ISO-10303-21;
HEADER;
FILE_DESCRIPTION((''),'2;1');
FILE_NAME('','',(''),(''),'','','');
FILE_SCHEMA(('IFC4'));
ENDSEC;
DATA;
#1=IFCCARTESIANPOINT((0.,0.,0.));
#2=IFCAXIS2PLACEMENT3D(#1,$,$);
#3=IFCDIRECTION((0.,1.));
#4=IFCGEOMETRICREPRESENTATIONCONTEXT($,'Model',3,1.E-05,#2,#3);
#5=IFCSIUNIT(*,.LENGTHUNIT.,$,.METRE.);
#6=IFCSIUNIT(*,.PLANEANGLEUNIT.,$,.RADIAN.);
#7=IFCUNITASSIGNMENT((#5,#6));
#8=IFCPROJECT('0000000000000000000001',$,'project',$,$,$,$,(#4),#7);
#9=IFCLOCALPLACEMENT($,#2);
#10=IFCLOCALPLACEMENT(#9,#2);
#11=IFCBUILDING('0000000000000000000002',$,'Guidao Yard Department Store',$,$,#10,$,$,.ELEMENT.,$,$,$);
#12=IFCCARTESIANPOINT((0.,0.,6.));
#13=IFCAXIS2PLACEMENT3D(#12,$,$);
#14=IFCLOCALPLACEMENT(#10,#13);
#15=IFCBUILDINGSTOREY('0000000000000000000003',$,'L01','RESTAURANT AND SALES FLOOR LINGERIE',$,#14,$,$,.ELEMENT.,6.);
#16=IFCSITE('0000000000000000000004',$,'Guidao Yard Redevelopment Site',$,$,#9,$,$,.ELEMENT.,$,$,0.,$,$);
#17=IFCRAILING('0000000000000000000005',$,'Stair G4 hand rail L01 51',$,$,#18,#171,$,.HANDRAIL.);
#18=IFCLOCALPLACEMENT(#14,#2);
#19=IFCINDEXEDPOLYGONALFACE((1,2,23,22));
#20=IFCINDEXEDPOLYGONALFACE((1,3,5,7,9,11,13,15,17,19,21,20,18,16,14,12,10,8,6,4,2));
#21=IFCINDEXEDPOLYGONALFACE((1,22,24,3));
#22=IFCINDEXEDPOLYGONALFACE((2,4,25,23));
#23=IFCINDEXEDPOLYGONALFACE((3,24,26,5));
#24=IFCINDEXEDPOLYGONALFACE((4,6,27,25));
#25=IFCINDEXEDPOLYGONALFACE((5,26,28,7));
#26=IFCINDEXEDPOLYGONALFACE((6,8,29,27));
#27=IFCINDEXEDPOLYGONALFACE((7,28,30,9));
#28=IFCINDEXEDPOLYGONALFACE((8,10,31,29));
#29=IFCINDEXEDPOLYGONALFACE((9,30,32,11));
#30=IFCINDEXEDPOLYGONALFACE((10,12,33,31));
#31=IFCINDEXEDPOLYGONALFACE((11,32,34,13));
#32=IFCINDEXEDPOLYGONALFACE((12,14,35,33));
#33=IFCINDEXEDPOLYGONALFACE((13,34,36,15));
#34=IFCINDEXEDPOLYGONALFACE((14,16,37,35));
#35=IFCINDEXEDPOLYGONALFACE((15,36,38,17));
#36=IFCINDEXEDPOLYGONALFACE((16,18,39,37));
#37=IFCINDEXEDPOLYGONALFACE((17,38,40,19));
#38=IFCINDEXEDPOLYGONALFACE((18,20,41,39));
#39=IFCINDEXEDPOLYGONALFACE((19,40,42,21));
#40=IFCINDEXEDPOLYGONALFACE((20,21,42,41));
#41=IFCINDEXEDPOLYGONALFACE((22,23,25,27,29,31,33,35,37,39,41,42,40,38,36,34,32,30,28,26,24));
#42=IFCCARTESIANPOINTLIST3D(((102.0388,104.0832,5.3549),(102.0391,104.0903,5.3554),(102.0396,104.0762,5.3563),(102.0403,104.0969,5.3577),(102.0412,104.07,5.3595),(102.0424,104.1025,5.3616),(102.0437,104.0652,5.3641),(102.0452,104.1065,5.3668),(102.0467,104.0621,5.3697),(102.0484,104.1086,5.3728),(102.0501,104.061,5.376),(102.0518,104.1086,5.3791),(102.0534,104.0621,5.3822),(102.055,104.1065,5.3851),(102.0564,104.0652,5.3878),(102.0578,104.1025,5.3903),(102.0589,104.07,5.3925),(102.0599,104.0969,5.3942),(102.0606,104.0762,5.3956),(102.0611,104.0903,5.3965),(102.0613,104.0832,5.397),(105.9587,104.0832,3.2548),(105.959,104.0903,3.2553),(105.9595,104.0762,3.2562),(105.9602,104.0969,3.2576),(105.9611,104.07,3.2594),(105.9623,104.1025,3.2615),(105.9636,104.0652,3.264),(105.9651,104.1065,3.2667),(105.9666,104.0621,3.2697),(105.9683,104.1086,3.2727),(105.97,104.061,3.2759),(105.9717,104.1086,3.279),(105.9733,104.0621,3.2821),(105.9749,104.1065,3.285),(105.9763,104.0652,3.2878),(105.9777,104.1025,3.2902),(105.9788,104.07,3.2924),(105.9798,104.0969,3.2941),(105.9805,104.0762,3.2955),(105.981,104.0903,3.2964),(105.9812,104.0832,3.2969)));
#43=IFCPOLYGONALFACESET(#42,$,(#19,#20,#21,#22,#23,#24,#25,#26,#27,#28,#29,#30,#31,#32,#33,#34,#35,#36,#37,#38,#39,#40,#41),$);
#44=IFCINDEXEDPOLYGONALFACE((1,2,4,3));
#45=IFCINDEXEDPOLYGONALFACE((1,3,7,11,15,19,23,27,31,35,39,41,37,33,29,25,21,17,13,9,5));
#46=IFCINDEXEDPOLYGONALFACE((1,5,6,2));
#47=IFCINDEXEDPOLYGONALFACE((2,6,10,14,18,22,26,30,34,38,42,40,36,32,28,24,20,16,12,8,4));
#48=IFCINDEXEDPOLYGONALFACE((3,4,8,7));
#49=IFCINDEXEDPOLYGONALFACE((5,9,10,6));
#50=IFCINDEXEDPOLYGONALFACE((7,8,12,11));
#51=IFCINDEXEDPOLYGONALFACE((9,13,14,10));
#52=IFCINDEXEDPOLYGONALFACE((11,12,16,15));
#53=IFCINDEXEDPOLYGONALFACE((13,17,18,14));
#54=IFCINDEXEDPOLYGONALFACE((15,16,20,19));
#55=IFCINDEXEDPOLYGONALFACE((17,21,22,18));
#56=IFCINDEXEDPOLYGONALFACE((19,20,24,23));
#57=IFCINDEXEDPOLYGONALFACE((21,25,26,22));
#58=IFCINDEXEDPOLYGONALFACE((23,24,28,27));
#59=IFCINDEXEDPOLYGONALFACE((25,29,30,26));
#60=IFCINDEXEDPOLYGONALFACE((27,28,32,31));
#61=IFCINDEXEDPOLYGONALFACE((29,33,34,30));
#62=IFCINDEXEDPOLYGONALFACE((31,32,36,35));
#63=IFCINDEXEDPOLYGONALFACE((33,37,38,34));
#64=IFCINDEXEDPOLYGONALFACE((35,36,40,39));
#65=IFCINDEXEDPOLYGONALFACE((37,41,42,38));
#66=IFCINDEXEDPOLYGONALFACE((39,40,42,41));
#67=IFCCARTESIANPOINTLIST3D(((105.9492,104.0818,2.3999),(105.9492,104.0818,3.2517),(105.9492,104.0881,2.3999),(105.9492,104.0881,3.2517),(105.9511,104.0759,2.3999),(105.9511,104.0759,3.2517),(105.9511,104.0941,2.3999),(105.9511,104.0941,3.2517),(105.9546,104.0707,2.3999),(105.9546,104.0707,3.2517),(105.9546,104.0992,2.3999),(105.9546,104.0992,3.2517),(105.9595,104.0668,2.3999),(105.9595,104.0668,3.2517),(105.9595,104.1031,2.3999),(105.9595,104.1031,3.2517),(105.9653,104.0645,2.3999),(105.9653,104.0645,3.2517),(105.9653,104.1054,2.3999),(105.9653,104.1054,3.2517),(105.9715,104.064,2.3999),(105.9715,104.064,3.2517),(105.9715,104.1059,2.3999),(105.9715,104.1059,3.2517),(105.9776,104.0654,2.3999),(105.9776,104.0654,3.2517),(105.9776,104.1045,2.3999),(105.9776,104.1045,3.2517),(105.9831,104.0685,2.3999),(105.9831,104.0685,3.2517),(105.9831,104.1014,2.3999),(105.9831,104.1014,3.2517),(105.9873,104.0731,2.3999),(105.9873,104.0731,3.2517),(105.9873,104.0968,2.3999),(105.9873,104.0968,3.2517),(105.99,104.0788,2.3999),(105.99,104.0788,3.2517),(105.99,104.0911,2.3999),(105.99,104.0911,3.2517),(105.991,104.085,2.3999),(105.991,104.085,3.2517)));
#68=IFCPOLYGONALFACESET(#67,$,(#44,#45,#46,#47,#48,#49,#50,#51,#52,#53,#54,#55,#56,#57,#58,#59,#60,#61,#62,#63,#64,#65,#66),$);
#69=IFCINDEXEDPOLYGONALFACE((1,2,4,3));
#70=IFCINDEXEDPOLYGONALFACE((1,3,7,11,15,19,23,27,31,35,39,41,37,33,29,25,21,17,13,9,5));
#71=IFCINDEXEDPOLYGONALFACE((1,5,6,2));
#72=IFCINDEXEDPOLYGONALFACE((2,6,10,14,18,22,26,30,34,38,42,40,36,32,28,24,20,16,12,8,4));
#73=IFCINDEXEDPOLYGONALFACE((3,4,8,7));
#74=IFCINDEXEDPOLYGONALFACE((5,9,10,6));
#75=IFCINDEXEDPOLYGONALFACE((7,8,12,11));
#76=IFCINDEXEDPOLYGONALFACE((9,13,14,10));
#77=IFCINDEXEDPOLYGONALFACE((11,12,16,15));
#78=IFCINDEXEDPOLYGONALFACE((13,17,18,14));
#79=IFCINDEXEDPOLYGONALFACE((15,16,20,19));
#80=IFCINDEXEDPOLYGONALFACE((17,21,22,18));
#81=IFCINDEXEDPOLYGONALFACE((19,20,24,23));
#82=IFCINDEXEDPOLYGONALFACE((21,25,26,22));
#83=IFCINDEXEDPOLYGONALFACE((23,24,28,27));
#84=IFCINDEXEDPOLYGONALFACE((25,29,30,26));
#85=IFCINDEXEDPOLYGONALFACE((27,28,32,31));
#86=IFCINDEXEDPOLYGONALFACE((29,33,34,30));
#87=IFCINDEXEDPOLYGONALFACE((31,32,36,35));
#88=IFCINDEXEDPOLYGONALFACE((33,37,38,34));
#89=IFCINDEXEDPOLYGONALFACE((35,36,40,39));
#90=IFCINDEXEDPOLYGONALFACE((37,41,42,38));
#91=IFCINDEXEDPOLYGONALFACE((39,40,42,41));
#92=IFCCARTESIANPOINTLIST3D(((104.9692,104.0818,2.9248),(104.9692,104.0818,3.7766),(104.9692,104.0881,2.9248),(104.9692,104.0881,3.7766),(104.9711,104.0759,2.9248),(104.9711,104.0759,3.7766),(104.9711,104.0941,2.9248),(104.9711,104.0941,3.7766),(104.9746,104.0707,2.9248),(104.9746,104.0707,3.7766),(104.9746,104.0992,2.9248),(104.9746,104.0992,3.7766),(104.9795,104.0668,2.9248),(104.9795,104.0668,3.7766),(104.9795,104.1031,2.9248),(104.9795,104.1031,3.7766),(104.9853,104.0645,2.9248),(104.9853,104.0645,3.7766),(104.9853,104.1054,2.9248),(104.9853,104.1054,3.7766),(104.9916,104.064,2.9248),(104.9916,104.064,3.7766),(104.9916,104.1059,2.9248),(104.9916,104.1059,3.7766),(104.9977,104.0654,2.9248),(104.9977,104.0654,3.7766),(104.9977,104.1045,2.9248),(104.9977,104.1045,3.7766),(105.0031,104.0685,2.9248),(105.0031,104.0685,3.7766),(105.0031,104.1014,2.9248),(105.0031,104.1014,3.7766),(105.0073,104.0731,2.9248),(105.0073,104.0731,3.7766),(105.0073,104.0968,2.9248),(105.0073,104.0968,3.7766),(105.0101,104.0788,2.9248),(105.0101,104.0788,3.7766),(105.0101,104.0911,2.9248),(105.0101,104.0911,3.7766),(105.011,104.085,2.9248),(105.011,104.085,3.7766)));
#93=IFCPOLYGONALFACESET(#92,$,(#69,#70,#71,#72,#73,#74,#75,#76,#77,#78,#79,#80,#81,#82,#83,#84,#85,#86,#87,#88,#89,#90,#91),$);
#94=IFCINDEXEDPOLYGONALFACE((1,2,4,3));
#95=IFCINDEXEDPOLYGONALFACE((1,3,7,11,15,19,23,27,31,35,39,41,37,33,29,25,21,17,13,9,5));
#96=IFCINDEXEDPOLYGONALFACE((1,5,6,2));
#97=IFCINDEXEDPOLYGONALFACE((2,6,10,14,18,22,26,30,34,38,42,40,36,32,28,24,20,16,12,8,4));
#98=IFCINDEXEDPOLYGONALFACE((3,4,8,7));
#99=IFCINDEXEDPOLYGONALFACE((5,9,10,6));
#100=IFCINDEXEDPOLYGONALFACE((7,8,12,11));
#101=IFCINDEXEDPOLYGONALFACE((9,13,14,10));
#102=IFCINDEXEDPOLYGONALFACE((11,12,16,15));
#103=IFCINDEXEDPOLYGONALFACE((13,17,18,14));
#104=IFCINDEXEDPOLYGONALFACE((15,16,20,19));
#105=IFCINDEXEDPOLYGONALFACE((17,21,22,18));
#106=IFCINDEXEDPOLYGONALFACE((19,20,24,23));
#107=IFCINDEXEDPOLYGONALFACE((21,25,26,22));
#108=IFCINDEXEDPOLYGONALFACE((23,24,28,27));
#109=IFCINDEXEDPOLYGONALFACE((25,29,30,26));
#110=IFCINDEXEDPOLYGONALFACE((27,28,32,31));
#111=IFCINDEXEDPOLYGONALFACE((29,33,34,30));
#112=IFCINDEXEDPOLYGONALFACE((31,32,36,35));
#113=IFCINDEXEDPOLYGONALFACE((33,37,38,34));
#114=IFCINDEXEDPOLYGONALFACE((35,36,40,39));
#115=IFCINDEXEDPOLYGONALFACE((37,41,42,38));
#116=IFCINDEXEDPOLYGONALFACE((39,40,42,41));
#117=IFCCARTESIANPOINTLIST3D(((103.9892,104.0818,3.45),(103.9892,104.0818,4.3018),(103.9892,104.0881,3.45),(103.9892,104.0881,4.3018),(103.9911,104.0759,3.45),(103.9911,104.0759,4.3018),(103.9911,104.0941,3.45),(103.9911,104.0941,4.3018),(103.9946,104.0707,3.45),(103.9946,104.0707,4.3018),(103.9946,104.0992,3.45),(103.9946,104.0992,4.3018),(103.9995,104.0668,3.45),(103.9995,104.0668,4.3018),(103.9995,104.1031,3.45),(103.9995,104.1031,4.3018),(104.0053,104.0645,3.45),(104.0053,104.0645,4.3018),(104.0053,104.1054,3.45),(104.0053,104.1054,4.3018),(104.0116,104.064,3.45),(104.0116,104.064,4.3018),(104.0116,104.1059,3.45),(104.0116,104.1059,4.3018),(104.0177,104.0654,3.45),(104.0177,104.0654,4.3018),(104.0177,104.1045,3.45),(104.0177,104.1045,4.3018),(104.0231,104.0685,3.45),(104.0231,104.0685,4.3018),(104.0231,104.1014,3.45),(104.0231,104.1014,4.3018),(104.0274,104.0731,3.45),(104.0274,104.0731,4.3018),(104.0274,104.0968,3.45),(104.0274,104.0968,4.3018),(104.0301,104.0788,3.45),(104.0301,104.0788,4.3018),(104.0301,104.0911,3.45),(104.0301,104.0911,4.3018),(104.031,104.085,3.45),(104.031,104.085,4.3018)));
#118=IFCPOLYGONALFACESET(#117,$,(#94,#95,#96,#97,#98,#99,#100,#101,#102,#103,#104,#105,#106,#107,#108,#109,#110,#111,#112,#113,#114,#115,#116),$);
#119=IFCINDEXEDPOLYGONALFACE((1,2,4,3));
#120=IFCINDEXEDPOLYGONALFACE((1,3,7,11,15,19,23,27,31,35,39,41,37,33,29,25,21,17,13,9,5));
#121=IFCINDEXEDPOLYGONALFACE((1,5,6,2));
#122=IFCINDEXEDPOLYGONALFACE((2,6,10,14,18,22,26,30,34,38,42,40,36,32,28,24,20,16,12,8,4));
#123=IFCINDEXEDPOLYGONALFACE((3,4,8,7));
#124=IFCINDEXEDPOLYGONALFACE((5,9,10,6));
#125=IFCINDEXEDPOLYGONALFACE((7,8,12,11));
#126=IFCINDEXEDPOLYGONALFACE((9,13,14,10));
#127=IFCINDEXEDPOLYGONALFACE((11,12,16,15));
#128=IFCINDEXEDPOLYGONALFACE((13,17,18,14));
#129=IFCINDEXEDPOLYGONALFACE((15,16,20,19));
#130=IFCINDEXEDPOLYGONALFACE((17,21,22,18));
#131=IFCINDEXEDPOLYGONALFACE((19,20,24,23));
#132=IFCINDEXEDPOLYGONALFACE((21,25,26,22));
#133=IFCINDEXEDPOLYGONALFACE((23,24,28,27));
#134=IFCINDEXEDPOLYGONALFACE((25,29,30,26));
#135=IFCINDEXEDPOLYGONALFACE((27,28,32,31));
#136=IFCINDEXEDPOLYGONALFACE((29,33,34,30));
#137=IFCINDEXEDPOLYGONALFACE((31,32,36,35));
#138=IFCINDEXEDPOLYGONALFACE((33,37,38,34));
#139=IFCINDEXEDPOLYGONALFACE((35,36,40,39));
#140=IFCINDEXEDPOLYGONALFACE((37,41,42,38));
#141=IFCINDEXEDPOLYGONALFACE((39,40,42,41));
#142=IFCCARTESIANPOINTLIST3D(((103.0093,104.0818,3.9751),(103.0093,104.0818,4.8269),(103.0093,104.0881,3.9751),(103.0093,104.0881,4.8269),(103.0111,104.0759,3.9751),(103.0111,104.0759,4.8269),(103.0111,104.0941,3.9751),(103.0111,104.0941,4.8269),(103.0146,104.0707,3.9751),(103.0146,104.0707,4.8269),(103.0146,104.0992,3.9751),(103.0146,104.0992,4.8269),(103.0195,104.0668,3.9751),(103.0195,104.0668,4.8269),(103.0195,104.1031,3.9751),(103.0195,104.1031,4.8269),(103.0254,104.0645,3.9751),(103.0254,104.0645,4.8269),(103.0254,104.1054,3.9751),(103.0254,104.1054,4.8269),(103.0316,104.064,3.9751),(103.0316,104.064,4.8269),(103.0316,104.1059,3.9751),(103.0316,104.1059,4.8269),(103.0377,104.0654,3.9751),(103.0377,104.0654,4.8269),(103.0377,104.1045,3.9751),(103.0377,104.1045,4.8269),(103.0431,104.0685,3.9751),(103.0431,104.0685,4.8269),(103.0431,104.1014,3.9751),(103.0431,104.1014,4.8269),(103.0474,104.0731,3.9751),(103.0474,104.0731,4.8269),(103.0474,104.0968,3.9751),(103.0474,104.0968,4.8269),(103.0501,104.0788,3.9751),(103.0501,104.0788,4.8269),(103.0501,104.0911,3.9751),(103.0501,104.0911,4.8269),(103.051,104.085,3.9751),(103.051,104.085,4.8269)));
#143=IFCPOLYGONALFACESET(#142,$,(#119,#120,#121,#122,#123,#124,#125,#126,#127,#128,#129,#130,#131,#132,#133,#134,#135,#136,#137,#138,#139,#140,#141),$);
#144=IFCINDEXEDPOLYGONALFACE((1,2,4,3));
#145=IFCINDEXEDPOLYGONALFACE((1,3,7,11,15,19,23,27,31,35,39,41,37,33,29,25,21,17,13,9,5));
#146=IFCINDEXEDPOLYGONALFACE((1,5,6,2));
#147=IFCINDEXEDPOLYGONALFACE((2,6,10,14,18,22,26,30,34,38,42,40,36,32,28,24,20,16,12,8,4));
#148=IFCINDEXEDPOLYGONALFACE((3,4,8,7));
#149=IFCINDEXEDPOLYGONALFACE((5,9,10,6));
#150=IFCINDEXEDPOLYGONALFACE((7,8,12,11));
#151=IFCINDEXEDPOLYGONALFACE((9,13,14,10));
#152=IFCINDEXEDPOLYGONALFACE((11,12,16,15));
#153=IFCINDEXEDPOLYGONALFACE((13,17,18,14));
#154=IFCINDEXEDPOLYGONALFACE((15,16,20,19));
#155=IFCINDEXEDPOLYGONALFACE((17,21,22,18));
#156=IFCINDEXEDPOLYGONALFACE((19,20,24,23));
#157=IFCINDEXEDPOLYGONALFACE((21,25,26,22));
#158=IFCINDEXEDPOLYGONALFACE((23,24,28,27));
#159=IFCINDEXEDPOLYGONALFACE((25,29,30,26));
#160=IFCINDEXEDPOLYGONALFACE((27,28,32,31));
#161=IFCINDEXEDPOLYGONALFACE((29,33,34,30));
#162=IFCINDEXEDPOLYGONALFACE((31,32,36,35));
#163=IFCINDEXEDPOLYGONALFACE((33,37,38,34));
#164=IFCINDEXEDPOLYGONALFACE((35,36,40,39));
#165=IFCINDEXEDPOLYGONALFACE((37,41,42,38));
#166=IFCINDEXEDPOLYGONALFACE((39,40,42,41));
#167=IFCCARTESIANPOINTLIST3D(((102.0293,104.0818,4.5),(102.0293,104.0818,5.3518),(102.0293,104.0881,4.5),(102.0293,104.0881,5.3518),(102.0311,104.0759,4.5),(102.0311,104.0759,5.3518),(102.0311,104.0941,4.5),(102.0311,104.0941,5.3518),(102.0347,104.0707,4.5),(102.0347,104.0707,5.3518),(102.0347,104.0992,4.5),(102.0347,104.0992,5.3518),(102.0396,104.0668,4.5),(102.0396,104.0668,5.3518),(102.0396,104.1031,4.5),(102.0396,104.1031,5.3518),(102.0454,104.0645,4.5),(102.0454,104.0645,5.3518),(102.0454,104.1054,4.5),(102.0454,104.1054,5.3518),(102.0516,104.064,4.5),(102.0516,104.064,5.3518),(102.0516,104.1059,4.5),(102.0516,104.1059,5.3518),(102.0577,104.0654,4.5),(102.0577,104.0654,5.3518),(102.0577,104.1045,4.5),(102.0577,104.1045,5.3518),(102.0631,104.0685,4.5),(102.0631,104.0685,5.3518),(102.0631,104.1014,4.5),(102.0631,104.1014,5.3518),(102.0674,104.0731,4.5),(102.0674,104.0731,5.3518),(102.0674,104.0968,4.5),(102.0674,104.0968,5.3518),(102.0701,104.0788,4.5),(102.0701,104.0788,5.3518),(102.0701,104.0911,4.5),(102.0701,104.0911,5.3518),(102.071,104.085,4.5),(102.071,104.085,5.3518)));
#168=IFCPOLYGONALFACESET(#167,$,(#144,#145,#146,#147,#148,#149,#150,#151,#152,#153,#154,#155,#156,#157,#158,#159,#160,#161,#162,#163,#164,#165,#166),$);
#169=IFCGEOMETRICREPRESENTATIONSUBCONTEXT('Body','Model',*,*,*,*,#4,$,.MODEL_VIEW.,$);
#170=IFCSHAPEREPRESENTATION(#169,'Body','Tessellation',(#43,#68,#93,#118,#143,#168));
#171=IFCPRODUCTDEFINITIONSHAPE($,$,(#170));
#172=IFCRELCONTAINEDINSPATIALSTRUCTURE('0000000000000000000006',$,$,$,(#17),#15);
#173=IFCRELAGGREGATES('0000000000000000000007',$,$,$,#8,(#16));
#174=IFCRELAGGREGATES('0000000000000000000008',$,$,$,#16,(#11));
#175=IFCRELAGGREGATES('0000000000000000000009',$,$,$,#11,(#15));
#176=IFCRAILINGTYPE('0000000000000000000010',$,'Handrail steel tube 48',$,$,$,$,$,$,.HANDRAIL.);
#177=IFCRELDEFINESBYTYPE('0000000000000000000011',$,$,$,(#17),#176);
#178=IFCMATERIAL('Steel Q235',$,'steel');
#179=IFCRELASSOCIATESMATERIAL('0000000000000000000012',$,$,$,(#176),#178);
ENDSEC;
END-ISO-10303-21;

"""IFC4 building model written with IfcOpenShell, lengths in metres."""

from ifc_helpers import new_model, si_unit, direction, frame, origin, origin_2d, place, context, subcontext, project, spatial, circle, extrude, material, type_object, element, save


model = new_model("IFC4")

# Units and contexts
model_context = context("Model", 3, precision=1e-05, world=origin(), true_north=direction((0.0, 1.0)))
body_context = subcontext(model_context, "Body", "Model", "MODEL_VIEW")
ifc_project = project(units=[si_unit("LENGTHUNIT", "METRE"), si_unit("PLANEANGLEUNIT", "RADIAN")], contexts=[model_context])

# Site, building, storey
site_placement = place(None, origin())
site = spatial("IfcSite", under=ifc_project, at=site_placement, Name="Guidao Yard Redevelopment Site", CompositionType="ELEMENT", RefElevation=0.0)
building_placement = place(site_placement, origin())
building = spatial("IfcBuilding", under=site, at=building_placement, Name="Guidao Yard Department Store", CompositionType="ELEMENT")
storey_placement = place(building_placement, frame((0.0, 0.0, 6.0)))
storey = spatial("IfcBuildingStorey", under=building, at=storey_placement, Name="L01", Description="RESTAURANT AND SALES FLOOR LINGERIE", CompositionType="ELEMENT", Elevation=6.0)

# Railing
ifc_material_1 = material(Name="Steel Q235", Category="steel")
railing_type_1 = type_object("IfcRailingType", Name="Handrail steel tube 48", PredefinedType="HANDRAIL", material=ifc_material_1)
for number, where, name in (
    (1, (105.97, 104.085, 2.3999), "Stair G4 hand rail L01 51"),
):
    element("IfcRailing", number, at=place(storey_placement, frame(where)), inside=storey, type_object=railing_type_1, Name=name, PredefinedType="HANDRAIL", context=body_context, shape_type="SweptSolid", body=[
        extrude(circle(Radius=0.0239, at=origin_2d()), frame((0.0, 0.0, 0.876), z_axis=(-0.881467, 0.0, 0.472246), x_axis=(0.0, -1.0, 0.0)), (0.0, 0.0, 1.0), 4.447),
        extrude(circle(Radius=0.021, at=origin_2d()), origin(), (0.0, 0.0, 1.0), 0.8518),
        extrude(circle(Radius=0.021, at=origin_2d()), frame((-0.98, 0.0, 0.5249)), (0.0, 0.0, 1.0), 0.8518),
        extrude(circle(Radius=0.021, at=origin_2d()), frame((-1.96, 0.0, 1.05)), (0.0, 0.0, 1.0), 0.8518),
        extrude(circle(Radius=0.021, at=origin_2d()), frame((-2.9399, 0.0, 1.5752)), (0.0, 0.0, 1.0), 0.8518),
        extrude(circle(Radius=0.021, at=origin_2d()), frame((-3.9199, 0.0, 2.1001)), (0.0, 0.0, 1.0), 0.8518),
    ])

save(model, "model.ifc")
